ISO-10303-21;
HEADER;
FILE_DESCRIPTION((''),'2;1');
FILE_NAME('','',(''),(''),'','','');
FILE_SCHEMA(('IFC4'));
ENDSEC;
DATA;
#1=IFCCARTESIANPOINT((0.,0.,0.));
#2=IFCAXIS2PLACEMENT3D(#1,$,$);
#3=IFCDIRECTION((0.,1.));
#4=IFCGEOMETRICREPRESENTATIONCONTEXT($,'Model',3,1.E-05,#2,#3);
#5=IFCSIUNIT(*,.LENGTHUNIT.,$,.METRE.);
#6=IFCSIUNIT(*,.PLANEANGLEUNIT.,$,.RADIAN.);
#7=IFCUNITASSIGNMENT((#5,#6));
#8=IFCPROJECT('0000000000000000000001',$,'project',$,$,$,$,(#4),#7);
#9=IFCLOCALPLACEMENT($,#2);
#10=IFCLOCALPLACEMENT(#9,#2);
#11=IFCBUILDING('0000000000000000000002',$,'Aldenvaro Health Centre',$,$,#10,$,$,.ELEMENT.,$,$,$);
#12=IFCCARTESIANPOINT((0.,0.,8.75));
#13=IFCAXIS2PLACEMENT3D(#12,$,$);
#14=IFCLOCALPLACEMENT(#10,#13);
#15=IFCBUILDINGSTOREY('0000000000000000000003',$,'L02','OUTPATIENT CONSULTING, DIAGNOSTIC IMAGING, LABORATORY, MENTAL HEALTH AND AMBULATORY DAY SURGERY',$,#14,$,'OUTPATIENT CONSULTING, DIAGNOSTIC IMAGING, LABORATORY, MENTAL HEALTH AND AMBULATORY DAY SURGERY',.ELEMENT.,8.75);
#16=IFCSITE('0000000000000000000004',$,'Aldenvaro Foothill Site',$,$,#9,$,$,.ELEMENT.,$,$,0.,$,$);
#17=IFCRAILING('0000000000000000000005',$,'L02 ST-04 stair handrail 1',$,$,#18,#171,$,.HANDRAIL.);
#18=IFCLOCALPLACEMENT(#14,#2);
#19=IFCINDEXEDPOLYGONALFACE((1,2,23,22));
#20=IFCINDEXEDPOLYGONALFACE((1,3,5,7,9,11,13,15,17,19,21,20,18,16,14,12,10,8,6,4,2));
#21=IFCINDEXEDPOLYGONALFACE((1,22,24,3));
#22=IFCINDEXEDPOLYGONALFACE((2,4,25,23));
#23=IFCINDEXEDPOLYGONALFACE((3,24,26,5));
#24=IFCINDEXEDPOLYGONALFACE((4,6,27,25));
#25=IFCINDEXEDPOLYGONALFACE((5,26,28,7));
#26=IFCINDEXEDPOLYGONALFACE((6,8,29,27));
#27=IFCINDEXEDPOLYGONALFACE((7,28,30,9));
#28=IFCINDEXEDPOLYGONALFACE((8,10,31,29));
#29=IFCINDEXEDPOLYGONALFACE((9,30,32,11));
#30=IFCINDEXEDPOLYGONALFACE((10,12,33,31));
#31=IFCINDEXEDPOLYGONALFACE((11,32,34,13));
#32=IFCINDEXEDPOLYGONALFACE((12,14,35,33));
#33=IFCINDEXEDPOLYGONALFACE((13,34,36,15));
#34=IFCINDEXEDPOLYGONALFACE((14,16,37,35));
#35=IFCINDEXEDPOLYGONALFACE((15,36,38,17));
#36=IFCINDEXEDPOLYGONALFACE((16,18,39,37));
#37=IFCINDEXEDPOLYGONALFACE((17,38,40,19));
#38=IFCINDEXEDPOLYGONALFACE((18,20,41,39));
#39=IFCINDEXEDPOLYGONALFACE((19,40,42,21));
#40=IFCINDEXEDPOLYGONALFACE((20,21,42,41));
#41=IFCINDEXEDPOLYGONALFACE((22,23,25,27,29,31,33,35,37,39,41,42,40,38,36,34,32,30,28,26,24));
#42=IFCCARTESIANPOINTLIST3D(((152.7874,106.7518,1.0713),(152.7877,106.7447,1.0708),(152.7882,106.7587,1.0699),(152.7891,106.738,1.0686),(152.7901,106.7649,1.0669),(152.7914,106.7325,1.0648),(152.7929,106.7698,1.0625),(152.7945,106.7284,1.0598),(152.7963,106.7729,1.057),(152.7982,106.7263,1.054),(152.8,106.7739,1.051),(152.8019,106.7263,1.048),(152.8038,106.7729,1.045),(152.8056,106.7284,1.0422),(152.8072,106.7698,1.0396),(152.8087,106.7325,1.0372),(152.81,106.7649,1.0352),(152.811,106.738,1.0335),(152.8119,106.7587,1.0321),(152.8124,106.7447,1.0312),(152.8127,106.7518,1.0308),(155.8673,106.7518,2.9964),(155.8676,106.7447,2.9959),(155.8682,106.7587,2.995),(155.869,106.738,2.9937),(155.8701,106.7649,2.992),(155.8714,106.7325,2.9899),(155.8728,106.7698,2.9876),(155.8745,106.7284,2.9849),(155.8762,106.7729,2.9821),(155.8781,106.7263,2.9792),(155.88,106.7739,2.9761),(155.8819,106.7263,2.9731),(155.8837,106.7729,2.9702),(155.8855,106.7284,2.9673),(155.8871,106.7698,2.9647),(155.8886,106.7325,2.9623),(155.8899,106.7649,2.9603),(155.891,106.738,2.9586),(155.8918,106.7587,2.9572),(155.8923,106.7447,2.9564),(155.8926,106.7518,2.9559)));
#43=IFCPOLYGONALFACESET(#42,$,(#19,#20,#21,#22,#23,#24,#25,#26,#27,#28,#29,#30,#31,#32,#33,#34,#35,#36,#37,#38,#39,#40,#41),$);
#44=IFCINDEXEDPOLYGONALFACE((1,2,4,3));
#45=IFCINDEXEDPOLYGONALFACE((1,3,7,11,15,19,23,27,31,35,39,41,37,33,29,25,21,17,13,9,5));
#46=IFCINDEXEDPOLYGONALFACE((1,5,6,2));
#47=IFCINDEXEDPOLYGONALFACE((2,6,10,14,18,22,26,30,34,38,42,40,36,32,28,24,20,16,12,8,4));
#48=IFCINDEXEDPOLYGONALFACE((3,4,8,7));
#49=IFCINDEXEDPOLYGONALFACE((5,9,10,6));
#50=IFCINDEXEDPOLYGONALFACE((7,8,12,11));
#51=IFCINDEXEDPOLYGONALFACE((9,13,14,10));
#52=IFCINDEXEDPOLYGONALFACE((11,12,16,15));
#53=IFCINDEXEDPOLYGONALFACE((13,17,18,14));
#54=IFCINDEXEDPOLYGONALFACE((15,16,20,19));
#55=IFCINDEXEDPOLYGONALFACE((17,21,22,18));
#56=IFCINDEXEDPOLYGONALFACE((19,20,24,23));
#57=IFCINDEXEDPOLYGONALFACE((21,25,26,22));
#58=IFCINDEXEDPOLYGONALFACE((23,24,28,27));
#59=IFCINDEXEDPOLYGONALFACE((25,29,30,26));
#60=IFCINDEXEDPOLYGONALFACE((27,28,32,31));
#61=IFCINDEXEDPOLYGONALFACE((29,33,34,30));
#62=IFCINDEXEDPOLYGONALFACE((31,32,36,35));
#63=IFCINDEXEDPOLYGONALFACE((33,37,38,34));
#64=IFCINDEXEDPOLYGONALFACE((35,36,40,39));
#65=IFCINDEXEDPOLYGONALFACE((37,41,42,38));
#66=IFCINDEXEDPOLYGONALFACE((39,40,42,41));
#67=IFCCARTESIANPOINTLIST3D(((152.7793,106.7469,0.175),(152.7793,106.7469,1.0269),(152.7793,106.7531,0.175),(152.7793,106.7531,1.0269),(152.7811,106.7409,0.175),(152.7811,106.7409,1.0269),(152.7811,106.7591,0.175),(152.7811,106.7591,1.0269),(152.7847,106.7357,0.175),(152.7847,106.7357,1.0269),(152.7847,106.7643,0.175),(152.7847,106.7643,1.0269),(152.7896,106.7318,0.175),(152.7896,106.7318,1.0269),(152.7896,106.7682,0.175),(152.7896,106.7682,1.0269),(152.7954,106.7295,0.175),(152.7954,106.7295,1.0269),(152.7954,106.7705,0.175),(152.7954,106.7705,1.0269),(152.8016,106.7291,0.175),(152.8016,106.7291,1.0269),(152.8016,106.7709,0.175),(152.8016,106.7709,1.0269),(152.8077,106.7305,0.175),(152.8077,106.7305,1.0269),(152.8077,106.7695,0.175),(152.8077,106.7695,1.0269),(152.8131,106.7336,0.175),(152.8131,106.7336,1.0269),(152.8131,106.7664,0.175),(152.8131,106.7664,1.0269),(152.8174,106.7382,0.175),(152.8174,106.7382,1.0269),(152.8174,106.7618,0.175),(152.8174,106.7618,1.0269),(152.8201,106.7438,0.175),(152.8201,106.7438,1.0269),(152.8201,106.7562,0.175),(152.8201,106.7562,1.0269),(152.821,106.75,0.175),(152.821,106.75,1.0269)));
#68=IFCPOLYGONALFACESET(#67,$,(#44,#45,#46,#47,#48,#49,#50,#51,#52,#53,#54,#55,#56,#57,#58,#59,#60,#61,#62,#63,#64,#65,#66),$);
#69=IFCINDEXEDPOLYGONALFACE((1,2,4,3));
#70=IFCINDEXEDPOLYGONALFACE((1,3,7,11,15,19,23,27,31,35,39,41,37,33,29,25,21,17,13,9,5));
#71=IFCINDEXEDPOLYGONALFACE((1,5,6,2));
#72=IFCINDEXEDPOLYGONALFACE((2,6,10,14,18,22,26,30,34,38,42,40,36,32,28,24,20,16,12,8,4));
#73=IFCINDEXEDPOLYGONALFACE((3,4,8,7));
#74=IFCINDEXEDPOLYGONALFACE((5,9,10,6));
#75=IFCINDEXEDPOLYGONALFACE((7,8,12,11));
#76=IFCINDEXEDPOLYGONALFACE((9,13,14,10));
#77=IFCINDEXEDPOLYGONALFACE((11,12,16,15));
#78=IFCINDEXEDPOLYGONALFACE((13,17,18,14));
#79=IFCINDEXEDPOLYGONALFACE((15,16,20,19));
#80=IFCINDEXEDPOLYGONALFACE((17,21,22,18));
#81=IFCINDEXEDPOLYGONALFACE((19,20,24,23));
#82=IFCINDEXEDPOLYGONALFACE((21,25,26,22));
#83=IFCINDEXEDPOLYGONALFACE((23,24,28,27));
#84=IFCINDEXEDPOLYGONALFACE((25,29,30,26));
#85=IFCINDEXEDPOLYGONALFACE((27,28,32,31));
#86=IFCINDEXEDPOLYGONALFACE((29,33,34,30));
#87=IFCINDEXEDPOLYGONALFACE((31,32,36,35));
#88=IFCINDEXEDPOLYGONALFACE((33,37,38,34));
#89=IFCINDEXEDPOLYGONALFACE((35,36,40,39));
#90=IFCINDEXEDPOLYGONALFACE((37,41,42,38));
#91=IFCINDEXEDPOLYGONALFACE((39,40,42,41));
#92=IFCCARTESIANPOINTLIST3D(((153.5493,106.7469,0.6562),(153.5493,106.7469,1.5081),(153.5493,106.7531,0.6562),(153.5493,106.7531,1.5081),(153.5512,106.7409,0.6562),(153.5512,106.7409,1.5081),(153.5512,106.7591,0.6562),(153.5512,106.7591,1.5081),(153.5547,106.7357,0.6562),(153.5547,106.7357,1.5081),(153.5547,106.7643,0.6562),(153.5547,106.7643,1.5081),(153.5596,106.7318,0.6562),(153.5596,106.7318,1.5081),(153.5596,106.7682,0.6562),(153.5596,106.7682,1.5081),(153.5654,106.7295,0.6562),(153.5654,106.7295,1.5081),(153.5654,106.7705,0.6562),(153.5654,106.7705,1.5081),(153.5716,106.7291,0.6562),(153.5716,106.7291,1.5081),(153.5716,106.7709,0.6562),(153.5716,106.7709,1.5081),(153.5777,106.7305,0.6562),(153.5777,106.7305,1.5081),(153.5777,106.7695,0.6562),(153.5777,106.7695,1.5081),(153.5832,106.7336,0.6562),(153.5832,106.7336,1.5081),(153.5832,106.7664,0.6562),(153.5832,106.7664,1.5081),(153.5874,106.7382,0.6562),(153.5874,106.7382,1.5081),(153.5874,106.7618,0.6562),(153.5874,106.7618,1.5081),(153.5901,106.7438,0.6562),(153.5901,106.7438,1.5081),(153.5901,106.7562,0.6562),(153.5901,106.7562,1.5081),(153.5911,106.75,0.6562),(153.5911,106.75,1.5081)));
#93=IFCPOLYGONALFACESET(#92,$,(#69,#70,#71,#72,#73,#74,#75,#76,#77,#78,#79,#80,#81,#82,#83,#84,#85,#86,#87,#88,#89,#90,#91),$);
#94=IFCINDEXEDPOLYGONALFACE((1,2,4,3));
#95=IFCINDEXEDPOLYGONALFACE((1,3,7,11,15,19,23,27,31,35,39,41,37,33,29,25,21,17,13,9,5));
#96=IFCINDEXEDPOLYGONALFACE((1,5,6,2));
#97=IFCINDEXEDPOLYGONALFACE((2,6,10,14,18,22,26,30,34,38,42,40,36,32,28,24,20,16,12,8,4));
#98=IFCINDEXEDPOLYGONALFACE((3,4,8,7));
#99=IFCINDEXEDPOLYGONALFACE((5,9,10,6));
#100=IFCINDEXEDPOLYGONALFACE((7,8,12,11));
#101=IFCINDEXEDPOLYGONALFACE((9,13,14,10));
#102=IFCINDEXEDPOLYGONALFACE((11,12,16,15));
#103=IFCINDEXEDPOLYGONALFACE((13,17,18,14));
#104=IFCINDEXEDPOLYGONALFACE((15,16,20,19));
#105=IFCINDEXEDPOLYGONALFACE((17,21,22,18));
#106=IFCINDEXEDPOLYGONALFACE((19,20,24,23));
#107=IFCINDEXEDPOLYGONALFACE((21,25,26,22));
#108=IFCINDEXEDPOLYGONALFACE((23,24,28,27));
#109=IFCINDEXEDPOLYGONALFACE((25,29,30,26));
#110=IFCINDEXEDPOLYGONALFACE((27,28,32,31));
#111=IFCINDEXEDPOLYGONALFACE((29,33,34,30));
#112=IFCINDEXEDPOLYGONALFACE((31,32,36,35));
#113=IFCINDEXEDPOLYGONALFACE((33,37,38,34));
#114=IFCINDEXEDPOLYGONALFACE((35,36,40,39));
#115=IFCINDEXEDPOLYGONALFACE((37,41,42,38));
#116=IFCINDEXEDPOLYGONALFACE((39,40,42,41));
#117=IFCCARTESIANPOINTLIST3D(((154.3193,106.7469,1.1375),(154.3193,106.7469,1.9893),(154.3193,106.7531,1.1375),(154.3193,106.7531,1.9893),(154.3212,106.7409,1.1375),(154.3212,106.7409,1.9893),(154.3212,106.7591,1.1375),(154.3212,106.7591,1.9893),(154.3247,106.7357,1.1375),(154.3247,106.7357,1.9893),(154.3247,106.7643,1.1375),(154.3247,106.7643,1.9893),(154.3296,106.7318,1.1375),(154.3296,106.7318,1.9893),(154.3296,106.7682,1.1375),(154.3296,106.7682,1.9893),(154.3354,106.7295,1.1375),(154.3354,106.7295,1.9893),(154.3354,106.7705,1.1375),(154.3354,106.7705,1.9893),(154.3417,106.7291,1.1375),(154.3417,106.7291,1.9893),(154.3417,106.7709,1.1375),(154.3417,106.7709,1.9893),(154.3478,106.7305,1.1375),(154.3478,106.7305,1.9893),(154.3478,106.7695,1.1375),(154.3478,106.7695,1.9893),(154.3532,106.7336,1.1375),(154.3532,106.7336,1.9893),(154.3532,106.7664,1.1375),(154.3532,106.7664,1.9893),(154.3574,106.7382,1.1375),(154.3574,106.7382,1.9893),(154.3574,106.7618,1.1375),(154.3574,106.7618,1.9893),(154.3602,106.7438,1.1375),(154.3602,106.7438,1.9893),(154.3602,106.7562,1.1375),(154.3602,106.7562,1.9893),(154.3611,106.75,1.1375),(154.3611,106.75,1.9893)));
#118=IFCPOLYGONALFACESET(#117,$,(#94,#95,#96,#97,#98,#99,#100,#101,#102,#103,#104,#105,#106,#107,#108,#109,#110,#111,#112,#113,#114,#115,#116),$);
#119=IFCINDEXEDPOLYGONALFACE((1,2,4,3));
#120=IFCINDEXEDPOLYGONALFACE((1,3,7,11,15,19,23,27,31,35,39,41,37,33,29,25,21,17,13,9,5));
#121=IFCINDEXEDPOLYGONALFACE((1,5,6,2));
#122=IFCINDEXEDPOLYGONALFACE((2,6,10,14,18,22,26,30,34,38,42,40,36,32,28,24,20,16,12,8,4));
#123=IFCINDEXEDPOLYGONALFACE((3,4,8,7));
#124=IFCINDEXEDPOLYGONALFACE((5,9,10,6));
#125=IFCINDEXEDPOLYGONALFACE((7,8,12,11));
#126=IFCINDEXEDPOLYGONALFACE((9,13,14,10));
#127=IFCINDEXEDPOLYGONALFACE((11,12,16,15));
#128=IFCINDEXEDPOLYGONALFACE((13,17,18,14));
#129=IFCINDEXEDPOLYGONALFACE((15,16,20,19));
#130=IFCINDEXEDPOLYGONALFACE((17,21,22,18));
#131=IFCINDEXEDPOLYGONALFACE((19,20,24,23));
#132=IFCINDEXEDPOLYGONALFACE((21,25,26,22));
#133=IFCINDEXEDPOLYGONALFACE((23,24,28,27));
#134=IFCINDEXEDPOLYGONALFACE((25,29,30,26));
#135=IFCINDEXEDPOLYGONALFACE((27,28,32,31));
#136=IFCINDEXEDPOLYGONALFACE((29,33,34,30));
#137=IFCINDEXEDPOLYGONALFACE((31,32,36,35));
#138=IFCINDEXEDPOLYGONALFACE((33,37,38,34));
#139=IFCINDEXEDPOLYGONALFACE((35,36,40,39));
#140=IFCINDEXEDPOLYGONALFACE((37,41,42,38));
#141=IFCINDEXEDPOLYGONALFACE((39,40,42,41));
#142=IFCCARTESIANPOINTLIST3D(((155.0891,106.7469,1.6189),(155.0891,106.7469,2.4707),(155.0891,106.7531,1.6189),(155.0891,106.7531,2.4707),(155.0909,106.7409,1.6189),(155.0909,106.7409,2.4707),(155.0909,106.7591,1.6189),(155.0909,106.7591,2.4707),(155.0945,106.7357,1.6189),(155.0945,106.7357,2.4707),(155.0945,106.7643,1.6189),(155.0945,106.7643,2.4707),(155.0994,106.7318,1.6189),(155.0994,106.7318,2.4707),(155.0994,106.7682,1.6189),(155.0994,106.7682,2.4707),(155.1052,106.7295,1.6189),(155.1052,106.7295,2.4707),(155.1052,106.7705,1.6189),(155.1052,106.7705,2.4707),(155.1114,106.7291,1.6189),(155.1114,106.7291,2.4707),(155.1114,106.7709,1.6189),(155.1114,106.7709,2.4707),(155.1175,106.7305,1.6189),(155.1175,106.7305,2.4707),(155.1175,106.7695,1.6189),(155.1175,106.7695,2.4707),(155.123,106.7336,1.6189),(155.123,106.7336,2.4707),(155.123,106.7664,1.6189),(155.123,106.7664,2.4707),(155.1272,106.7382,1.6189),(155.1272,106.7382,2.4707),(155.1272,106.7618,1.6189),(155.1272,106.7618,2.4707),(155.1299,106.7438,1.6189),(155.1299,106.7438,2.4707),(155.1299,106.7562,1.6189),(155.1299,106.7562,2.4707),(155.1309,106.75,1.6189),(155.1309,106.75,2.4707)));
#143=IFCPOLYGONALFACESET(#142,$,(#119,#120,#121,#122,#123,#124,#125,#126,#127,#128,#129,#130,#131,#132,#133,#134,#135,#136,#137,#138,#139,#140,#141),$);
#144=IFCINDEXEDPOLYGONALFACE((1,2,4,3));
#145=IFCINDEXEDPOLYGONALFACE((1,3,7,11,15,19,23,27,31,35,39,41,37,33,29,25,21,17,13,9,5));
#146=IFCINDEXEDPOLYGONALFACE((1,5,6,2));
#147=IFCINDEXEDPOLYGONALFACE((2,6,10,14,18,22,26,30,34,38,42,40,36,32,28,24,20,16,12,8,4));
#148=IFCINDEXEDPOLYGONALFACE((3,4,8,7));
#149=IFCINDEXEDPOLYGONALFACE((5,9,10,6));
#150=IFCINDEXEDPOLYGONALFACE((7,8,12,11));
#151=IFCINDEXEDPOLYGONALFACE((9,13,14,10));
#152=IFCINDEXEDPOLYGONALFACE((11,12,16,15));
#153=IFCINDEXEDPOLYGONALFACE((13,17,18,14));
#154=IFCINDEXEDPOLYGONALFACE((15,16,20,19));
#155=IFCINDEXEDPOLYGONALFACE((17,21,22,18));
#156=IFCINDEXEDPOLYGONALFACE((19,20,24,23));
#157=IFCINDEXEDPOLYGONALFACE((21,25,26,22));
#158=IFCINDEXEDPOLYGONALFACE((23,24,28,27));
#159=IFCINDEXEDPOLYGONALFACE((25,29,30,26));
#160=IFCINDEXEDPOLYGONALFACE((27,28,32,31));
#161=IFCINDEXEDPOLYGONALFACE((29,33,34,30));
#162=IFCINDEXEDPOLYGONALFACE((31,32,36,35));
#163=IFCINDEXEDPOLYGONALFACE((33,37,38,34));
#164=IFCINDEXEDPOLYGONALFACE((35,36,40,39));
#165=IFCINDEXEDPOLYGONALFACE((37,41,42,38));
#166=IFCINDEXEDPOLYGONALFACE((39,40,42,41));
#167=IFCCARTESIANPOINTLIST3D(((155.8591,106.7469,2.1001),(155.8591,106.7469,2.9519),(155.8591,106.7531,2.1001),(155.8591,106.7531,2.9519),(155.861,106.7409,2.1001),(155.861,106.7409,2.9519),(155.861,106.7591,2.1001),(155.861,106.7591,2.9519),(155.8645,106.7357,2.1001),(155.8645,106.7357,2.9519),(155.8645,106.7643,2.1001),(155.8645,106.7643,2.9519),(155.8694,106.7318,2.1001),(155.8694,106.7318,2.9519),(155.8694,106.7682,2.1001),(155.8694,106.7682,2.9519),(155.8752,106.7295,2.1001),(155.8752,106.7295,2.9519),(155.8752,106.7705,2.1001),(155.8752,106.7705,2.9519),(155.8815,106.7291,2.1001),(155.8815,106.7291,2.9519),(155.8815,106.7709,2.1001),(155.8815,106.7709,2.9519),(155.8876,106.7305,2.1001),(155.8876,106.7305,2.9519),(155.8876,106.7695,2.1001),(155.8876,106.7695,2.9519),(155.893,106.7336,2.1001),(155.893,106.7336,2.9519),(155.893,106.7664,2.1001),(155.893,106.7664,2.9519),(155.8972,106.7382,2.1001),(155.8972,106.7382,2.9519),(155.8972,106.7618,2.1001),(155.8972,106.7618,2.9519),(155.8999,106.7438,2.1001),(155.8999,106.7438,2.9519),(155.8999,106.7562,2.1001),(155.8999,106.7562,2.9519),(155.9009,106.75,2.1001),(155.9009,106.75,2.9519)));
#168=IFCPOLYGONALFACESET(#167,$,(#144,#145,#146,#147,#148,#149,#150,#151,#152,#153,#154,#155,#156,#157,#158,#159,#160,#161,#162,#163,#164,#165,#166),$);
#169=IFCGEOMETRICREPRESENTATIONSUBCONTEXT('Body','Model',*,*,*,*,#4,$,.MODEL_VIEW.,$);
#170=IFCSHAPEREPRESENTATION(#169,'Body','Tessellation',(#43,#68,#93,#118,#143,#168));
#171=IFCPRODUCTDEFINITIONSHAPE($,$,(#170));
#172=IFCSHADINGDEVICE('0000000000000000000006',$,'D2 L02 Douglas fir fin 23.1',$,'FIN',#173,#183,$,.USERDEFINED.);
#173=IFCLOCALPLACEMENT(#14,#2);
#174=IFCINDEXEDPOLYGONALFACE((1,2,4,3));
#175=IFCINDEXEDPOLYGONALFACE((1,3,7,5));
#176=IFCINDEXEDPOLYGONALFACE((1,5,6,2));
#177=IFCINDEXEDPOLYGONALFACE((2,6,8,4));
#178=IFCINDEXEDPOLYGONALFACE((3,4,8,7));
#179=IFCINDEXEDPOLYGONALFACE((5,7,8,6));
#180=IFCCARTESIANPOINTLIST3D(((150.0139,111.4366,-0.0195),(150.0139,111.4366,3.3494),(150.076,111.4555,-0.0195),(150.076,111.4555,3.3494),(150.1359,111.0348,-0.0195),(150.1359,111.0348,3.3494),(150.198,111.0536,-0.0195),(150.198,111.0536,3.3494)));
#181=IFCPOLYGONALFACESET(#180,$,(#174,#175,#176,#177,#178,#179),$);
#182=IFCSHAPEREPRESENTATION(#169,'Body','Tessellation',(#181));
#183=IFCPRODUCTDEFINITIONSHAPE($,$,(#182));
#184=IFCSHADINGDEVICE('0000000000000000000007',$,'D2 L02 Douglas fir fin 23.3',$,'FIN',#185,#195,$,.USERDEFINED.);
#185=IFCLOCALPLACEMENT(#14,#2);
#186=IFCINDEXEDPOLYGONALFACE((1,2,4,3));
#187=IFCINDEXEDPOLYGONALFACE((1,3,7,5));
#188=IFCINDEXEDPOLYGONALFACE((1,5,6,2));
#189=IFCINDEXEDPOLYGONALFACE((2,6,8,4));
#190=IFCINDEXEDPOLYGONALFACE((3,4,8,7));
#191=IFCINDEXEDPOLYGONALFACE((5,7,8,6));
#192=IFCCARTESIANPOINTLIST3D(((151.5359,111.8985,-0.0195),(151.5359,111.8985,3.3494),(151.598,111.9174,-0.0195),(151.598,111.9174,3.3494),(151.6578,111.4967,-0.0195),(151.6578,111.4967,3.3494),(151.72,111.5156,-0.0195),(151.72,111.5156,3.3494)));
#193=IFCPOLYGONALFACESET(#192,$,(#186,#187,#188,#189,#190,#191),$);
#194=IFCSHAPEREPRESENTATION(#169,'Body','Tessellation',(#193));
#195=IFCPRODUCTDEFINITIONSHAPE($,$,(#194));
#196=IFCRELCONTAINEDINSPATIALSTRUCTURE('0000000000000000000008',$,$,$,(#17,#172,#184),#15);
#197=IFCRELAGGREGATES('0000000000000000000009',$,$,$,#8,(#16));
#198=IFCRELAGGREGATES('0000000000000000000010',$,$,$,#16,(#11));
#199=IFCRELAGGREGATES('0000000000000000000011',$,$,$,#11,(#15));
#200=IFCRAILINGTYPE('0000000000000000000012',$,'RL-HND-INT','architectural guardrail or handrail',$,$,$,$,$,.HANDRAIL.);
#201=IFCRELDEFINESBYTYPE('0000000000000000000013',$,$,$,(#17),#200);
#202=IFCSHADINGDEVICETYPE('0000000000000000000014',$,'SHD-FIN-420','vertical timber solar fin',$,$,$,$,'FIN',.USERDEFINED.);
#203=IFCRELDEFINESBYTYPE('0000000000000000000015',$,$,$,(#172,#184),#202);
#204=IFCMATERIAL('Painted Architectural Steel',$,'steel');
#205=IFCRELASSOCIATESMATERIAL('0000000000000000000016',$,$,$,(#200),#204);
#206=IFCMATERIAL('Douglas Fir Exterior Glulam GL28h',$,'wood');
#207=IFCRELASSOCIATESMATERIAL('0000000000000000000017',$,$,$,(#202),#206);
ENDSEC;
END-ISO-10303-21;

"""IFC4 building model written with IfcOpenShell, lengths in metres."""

from ifc_helpers import new_model, si_unit, direction, frame, origin, origin_2d, place, context, subcontext, project, spatial, rectangle, circle, extrude, material, type_object, element, save


model = new_model("IFC4")

# Units and contexts
model_context = context("Model", 3, precision=1e-05, world=origin(), true_north=direction((0.0, 1.0)))
body_context = subcontext(model_context, "Body", "Model", "MODEL_VIEW")
ifc_project = project(units=[si_unit("LENGTHUNIT", "METRE"), si_unit("PLANEANGLEUNIT", "RADIAN")], contexts=[model_context])

# Site, building, storey
site_placement = place(None, origin())
site = spatial("IfcSite", under=ifc_project, at=site_placement, Name="Aldenvaro Foothill Site", CompositionType="ELEMENT", RefElevation=0.0)
building_placement = place(site_placement, origin())
building = spatial("IfcBuilding", under=site, at=building_placement, Name="Aldenvaro Health Centre", CompositionType="ELEMENT")
storey_placement = place(building_placement, frame((0.0, 0.0, 8.75)))
storey = spatial("IfcBuildingStorey", under=building, at=storey_placement, Name="L02", Description="OUTPATIENT CONSULTING, DIAGNOSTIC IMAGING, LABORATORY, MENTAL HEALTH AND AMBULATORY DAY SURGERY", LongName="OUTPATIENT CONSULTING, DIAGNOSTIC IMAGING, LABORATORY, MENTAL HEALTH AND AMBULATORY DAY SURGERY", CompositionType="ELEMENT", Elevation=8.75)

# Railing
ifc_material_1 = material(Name="Painted Architectural Steel", Category="steel")
railing_type_1 = type_object("IfcRailingType", Name="RL-HND-INT", Description="architectural guardrail or handrail", PredefinedType="HANDRAIL", material=ifc_material_1)
railing_1_placement = place(storey_placement, frame((152.8, 106.75, 0.175)))
element("IfcRailing", 1, at=railing_1_placement, inside=storey, type_object=railing_type_1, Name="L02 ST-04 stair handrail 1", PredefinedType="HANDRAIL", context=body_context, shape_type="SweptSolid", body=[
    extrude(circle(Radius=0.0239, at=origin_2d()), frame((0.0, 0.0, 0.876), z_axis=(0.847979, 0.0, 0.530029), x_axis=(0.0, 1.0, 0.0)), (0.0, 0.0, 1.0), 3.6321),
    extrude(circle(Radius=0.021, at=origin_2d()), origin(), (0.0, 0.0, 1.0), 0.8518),
    extrude(circle(Radius=0.021, at=origin_2d()), frame((0.77, 0.0, 0.4812)), (0.0, 0.0, 1.0), 0.8518),
    extrude(circle(Radius=0.021, at=origin_2d()), frame((1.54, 0.0, 0.9624)), (0.0, 0.0, 1.0), 0.8518),
    extrude(circle(Radius=0.021, at=origin_2d()), frame((2.3098, 0.0, 1.4438)), (0.0, 0.0, 1.0), 0.8518),
    extrude(circle(Radius=0.021, at=origin_2d()), frame((3.0798, 0.0, 1.925)), (0.0, 0.0, 1.0), 0.8518),
])

# Shading devices
ifc_material_2 = material(Name="Douglas Fir Exterior Glulam GL28h", Category="wood")
shading_device_type = type_object("IfcShadingDeviceType", Name="SHD-FIN-420", Description="vertical timber solar fin", ElementType="FIN", PredefinedType="USERDEFINED", material=ifc_material_2)
for number, where, z_axis, x_axis, name in (
    (2, (150.106, 111.2451, -0.0195), (0.0, 0.0, 1.0), (0.956893, 0.290441, 0.0), "D2 L02 Douglas fir fin 23.1"),
    (3, (151.6279, 111.707, -0.0195), (0.0, 0.0, 1.0), (0.956893, 0.290441, 0.0), "D2 L02 Douglas fir fin 23.3"),
):
    element("IfcShadingDevice", number, at=place(storey_placement, frame(where, z_axis=z_axis, x_axis=x_axis)), inside=storey, type_object=shading_device_type, Name=name, ObjectType="FIN", PredefinedType="USERDEFINED", context=body_context, shape_type="SweptSolid", body=[
        extrude(rectangle(XDim=0.0649, YDim=0.4199, at=origin_2d()), origin(), (0.0, 0.0, 1.0), 3.3689),
    ])

save(model, "model.ifc")
